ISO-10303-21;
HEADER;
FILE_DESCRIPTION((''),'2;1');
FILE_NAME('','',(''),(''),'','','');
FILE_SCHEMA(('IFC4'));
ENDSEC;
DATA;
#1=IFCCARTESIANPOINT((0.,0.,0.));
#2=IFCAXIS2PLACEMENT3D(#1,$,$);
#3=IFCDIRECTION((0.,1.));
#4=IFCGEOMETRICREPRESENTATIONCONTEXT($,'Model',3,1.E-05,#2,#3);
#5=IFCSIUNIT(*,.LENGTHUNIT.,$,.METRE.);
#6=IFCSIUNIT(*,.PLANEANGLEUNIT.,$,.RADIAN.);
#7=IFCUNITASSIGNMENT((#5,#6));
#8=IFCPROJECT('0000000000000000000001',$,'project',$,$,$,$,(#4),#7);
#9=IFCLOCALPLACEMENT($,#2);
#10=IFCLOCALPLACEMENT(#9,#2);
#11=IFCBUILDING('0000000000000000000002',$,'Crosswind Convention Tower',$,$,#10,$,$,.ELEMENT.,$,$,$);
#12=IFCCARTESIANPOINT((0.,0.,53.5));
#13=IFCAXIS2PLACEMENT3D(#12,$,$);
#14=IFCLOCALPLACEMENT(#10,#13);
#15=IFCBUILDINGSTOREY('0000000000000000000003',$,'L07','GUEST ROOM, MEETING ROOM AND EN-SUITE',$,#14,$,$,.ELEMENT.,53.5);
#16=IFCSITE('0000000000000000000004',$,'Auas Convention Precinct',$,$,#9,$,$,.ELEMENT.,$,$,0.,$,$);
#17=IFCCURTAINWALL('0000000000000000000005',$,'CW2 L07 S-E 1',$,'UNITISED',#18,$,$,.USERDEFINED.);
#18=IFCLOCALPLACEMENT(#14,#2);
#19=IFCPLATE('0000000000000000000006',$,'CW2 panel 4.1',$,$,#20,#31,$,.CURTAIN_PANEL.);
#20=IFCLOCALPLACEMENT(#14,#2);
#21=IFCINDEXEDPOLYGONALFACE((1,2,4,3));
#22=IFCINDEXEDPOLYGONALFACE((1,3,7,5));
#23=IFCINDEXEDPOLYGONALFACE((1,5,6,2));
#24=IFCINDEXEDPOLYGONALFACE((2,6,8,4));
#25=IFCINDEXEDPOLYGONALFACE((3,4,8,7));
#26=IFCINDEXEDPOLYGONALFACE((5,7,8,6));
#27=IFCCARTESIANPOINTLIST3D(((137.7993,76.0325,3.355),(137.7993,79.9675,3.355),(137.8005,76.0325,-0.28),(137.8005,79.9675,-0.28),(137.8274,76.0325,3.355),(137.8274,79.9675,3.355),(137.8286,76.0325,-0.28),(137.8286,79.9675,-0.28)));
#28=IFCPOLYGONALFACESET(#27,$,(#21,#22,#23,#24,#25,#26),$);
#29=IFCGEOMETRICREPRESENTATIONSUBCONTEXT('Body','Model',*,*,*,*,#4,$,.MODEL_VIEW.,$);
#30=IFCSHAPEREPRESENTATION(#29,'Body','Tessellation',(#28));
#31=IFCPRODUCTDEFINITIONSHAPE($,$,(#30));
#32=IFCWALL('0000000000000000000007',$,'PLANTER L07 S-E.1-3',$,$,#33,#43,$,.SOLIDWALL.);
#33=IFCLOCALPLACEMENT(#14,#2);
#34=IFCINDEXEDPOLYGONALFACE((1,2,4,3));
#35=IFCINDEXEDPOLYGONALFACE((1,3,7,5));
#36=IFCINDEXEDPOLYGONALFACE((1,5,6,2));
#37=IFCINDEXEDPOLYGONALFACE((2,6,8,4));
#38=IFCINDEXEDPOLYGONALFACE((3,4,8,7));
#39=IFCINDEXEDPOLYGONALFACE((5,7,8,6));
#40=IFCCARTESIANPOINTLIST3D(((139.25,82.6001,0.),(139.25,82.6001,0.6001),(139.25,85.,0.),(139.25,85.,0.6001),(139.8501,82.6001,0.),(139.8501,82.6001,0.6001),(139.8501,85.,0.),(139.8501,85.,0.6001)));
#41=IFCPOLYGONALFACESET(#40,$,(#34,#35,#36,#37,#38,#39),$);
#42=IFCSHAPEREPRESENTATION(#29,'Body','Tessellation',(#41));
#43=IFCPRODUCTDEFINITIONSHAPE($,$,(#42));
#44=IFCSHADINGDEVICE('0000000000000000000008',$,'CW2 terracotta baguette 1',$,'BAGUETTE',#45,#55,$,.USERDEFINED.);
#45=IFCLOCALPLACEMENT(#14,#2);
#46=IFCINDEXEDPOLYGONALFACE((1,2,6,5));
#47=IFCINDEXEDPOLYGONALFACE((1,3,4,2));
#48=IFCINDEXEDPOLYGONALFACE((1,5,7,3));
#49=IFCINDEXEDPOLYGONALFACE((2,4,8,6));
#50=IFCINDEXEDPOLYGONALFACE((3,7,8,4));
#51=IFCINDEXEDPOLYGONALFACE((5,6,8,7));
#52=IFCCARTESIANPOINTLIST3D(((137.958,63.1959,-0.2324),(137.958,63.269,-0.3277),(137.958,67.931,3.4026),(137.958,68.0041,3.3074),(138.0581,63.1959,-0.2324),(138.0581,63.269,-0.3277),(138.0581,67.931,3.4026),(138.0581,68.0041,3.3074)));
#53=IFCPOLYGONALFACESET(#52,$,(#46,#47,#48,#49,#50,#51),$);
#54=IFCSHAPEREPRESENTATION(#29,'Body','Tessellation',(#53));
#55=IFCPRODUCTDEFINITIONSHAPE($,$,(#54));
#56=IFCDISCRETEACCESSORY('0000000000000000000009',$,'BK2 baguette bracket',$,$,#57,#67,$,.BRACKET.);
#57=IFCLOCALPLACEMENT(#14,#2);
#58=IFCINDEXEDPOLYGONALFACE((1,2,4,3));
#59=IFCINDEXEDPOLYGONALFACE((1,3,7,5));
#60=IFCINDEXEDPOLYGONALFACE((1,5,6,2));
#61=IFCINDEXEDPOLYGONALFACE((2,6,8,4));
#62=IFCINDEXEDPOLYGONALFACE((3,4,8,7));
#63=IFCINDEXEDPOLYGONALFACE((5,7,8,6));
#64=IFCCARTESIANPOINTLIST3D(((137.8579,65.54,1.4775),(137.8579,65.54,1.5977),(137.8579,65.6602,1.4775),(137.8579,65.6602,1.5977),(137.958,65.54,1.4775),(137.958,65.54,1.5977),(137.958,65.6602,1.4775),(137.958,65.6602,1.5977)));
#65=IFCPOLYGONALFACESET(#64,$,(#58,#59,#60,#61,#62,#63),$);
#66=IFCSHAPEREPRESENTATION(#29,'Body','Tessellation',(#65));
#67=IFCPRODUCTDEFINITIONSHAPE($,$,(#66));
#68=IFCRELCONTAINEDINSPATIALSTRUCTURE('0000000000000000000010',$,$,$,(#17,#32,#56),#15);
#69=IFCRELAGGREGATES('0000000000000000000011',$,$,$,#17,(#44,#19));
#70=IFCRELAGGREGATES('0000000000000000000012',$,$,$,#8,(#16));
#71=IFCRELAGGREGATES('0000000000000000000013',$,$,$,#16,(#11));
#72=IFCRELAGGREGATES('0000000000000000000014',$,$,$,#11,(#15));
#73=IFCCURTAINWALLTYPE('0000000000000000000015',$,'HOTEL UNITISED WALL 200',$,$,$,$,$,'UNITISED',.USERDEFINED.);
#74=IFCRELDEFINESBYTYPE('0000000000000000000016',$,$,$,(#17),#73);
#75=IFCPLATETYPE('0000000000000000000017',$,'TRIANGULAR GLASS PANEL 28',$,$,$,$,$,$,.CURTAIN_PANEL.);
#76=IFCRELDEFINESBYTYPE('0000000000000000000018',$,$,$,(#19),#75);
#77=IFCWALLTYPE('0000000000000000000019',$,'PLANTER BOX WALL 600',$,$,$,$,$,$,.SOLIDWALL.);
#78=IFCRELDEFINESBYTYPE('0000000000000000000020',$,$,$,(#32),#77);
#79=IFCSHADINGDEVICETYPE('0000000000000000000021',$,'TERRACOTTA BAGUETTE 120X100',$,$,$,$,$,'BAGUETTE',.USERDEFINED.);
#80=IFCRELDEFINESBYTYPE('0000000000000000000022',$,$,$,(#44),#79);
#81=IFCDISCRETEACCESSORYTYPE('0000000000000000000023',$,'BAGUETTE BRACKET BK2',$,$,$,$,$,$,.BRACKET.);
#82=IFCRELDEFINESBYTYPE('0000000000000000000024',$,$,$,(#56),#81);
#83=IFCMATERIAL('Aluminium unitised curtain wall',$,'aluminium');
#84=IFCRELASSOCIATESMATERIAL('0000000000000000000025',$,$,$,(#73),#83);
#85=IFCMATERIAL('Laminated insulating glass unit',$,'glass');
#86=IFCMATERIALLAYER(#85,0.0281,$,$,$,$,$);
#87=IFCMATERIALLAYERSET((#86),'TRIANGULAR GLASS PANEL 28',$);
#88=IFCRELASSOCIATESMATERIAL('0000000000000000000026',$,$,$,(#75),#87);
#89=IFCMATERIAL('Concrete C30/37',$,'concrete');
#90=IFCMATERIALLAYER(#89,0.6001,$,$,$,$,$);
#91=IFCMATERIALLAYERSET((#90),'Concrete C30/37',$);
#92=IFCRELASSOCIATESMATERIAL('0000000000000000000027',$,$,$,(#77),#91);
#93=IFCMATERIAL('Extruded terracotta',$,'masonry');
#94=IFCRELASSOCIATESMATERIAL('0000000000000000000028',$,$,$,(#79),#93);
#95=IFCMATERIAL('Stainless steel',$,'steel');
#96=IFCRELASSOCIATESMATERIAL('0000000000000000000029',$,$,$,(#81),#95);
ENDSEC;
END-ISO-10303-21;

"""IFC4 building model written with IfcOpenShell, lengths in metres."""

from ifc_helpers import new_model, si_unit, direction, frame, frame_2d, origin, origin_2d, place, context, subcontext, project, spatial, polyline, rectangle, outline, extrude, material, layer, layer_set, material_profile, profile_set, type_object, element, aggregate, save


model = new_model("IFC4")

# Units and contexts
model_context = context("Model", 3, precision=1e-05, world=origin(), true_north=direction((0.0, 1.0)))
body_context = subcontext(model_context, "Body", "Model", "MODEL_VIEW")
ifc_project = project(units=[si_unit("LENGTHUNIT", "METRE"), si_unit("PLANEANGLEUNIT", "RADIAN")], contexts=[model_context])

# Site, building, storey
site_placement = place(None, origin())
site = spatial("IfcSite", under=ifc_project, at=site_placement, Name="Auas Convention Precinct", CompositionType="ELEMENT", RefElevation=0.0)
building_placement = place(site_placement, origin())
building = spatial("IfcBuilding", under=site, at=building_placement, Name="Crosswind Convention Tower", CompositionType="ELEMENT")
storey_placement = place(building_placement, frame((0.0, 0.0, 53.5)))
storey = spatial("IfcBuildingStorey", under=building, at=storey_placement, Name="L07", Description="GUEST ROOM, MEETING ROOM AND EN-SUITE", CompositionType="ELEMENT", Elevation=53.5)

# Shared definitions
ifc_material_1 = material(Name="Aluminium unitised curtain wall", Category="aluminium")
curtain_wall_type = type_object("IfcCurtainWallType", Name="HOTEL UNITISED WALL 200", ElementType="UNITISED", PredefinedType="USERDEFINED", material=ifc_material_1)

# Curtain wall, plate
curtain_wall_1_placement = place(storey_placement, origin())
curtain_wall_1 = element("IfcCurtainWall", 1, at=curtain_wall_1_placement, inside=storey, type_object=curtain_wall_type, Name="CW2 L07 S-E 1", ObjectType="UNITISED", PredefinedType="USERDEFINED")
ifc_material_2 = material(Name="Laminated insulating glass unit", Category="glass")
ifc_layer_1 = layer(ifc_material_2, 0.0281)
ifc_layer_set_1 = layer_set([ifc_layer_1], Name="TRIANGULAR GLASS PANEL 28")
plate_type = type_object("IfcPlateType", Name="TRIANGULAR GLASS PANEL 28", PredefinedType="CURTAIN_PANEL", material=ifc_layer_set_1)
plate_1_placement = place(storey_placement, frame((137.8286, 76.0325, -0.28), z_axis=(1.0, 0.0, 0.000336), x_axis=(0.0, 1.0, 0.0)))
plate_1 = element("IfcPlate", 2, at=plate_1_placement, type_object=plate_type, Name="CW2 panel 4.1", PredefinedType="CURTAIN_PANEL", context=body_context, shape_type="SweptSolid", body=[
    extrude(outline(polyline([(0.0, 0.0), (3.9351, 0.0), (3.9351, 3.635), (0.0, 3.635), (0.0, 0.0)])), origin(), (0.0, 0.0, -1.0), 0.0281),
])

# Wall
ifc_material_3 = material(Name="Concrete C30/37", Category="concrete")
ifc_layer_2 = layer(ifc_material_3, 0.6001)
ifc_layer_set_2 = layer_set([ifc_layer_2], Name="Concrete C30/37")
wall_type_1 = type_object("IfcWallType", Name="PLANTER BOX WALL 600", PredefinedType="SOLIDWALL", material=ifc_layer_set_2)
wall_1_placement = place(storey_placement, frame((139.55, 82.6001, 0.0), z_axis=(0.0, 0.0, 1.0), x_axis=(0.0, 1.0, 0.0)))
element("IfcWall", 3, at=wall_1_placement, inside=storey, type_object=wall_type_1, Name="PLANTER L07 S-E.1-3", PredefinedType="SOLIDWALL", context=body_context, shape_type="SweptSolid", body=[
    extrude(rectangle(XDim=2.3999, YDim=0.6001, at=frame_2d((1.2, 0.0))), origin(), (0.0, 0.0, 1.0), 0.6001),
])

# Shading device
ifc_material_4 = material(Name="Extruded terracotta", Category="masonry")
ifc_material_profile_1 = material_profile(ifc_material_4, rectangle(XDim=0.1001, YDim=0.1201, at=origin_2d()), Name="TC 100X120")
ifc_profile_set_1 = profile_set([ifc_material_profile_1], Name="Extruded terracotta")
shading_device_type = type_object("IfcShadingDeviceType", Name="TERRACOTTA BAGUETTE 120X100", ElementType="BAGUETTE", PredefinedType="USERDEFINED", material=ifc_profile_set_1)
shading_device_placement = place(storey_placement, frame((138.0081, 63.2324, -0.28), z_axis=(0.0, 0.793221, 0.608934), x_axis=(-1.0, 0.0, 0.0)))
shading_device = element("IfcShadingDevice", 4, at=shading_device_placement, type_object=shading_device_type, Name="CW2 terracotta baguette 1", ObjectType="BAGUETTE", PredefinedType="USERDEFINED", context=body_context, shape_type="SweptSolid", body=[
    extrude(rectangle(XDim=0.1001, YDim=0.1201, at=origin_2d()), origin(), (0.0, 0.0, 1.0), 5.9695),
])
aggregate(curtain_wall_1, [shading_device, plate_1])

# Discrete accessory
ifc_material_5 = material(Name="Stainless steel", Category="steel")
discrete_accessory_type = type_object("IfcDiscreteAccessoryType", Name="BAGUETTE BRACKET BK2", PredefinedType="BRACKET", material=ifc_material_5)
discrete_accessory_placement = place(storey_placement, frame((137.908, 65.6001, 1.4775), z_axis=(0.0, 0.0, 1.0), x_axis=(0.0, 1.0, 0.0)))
element("IfcDiscreteAccessory", 5, at=discrete_accessory_placement, inside=storey, type_object=discrete_accessory_type, Name="BK2 baguette bracket", PredefinedType="BRACKET", context=body_context, shape_type="SweptSolid", body=[
    extrude(rectangle(XDim=0.1201, YDim=0.1001, at=origin_2d()), origin(), (0.0, 0.0, 1.0), 0.1201),
])

save(model, "model.ifc")
